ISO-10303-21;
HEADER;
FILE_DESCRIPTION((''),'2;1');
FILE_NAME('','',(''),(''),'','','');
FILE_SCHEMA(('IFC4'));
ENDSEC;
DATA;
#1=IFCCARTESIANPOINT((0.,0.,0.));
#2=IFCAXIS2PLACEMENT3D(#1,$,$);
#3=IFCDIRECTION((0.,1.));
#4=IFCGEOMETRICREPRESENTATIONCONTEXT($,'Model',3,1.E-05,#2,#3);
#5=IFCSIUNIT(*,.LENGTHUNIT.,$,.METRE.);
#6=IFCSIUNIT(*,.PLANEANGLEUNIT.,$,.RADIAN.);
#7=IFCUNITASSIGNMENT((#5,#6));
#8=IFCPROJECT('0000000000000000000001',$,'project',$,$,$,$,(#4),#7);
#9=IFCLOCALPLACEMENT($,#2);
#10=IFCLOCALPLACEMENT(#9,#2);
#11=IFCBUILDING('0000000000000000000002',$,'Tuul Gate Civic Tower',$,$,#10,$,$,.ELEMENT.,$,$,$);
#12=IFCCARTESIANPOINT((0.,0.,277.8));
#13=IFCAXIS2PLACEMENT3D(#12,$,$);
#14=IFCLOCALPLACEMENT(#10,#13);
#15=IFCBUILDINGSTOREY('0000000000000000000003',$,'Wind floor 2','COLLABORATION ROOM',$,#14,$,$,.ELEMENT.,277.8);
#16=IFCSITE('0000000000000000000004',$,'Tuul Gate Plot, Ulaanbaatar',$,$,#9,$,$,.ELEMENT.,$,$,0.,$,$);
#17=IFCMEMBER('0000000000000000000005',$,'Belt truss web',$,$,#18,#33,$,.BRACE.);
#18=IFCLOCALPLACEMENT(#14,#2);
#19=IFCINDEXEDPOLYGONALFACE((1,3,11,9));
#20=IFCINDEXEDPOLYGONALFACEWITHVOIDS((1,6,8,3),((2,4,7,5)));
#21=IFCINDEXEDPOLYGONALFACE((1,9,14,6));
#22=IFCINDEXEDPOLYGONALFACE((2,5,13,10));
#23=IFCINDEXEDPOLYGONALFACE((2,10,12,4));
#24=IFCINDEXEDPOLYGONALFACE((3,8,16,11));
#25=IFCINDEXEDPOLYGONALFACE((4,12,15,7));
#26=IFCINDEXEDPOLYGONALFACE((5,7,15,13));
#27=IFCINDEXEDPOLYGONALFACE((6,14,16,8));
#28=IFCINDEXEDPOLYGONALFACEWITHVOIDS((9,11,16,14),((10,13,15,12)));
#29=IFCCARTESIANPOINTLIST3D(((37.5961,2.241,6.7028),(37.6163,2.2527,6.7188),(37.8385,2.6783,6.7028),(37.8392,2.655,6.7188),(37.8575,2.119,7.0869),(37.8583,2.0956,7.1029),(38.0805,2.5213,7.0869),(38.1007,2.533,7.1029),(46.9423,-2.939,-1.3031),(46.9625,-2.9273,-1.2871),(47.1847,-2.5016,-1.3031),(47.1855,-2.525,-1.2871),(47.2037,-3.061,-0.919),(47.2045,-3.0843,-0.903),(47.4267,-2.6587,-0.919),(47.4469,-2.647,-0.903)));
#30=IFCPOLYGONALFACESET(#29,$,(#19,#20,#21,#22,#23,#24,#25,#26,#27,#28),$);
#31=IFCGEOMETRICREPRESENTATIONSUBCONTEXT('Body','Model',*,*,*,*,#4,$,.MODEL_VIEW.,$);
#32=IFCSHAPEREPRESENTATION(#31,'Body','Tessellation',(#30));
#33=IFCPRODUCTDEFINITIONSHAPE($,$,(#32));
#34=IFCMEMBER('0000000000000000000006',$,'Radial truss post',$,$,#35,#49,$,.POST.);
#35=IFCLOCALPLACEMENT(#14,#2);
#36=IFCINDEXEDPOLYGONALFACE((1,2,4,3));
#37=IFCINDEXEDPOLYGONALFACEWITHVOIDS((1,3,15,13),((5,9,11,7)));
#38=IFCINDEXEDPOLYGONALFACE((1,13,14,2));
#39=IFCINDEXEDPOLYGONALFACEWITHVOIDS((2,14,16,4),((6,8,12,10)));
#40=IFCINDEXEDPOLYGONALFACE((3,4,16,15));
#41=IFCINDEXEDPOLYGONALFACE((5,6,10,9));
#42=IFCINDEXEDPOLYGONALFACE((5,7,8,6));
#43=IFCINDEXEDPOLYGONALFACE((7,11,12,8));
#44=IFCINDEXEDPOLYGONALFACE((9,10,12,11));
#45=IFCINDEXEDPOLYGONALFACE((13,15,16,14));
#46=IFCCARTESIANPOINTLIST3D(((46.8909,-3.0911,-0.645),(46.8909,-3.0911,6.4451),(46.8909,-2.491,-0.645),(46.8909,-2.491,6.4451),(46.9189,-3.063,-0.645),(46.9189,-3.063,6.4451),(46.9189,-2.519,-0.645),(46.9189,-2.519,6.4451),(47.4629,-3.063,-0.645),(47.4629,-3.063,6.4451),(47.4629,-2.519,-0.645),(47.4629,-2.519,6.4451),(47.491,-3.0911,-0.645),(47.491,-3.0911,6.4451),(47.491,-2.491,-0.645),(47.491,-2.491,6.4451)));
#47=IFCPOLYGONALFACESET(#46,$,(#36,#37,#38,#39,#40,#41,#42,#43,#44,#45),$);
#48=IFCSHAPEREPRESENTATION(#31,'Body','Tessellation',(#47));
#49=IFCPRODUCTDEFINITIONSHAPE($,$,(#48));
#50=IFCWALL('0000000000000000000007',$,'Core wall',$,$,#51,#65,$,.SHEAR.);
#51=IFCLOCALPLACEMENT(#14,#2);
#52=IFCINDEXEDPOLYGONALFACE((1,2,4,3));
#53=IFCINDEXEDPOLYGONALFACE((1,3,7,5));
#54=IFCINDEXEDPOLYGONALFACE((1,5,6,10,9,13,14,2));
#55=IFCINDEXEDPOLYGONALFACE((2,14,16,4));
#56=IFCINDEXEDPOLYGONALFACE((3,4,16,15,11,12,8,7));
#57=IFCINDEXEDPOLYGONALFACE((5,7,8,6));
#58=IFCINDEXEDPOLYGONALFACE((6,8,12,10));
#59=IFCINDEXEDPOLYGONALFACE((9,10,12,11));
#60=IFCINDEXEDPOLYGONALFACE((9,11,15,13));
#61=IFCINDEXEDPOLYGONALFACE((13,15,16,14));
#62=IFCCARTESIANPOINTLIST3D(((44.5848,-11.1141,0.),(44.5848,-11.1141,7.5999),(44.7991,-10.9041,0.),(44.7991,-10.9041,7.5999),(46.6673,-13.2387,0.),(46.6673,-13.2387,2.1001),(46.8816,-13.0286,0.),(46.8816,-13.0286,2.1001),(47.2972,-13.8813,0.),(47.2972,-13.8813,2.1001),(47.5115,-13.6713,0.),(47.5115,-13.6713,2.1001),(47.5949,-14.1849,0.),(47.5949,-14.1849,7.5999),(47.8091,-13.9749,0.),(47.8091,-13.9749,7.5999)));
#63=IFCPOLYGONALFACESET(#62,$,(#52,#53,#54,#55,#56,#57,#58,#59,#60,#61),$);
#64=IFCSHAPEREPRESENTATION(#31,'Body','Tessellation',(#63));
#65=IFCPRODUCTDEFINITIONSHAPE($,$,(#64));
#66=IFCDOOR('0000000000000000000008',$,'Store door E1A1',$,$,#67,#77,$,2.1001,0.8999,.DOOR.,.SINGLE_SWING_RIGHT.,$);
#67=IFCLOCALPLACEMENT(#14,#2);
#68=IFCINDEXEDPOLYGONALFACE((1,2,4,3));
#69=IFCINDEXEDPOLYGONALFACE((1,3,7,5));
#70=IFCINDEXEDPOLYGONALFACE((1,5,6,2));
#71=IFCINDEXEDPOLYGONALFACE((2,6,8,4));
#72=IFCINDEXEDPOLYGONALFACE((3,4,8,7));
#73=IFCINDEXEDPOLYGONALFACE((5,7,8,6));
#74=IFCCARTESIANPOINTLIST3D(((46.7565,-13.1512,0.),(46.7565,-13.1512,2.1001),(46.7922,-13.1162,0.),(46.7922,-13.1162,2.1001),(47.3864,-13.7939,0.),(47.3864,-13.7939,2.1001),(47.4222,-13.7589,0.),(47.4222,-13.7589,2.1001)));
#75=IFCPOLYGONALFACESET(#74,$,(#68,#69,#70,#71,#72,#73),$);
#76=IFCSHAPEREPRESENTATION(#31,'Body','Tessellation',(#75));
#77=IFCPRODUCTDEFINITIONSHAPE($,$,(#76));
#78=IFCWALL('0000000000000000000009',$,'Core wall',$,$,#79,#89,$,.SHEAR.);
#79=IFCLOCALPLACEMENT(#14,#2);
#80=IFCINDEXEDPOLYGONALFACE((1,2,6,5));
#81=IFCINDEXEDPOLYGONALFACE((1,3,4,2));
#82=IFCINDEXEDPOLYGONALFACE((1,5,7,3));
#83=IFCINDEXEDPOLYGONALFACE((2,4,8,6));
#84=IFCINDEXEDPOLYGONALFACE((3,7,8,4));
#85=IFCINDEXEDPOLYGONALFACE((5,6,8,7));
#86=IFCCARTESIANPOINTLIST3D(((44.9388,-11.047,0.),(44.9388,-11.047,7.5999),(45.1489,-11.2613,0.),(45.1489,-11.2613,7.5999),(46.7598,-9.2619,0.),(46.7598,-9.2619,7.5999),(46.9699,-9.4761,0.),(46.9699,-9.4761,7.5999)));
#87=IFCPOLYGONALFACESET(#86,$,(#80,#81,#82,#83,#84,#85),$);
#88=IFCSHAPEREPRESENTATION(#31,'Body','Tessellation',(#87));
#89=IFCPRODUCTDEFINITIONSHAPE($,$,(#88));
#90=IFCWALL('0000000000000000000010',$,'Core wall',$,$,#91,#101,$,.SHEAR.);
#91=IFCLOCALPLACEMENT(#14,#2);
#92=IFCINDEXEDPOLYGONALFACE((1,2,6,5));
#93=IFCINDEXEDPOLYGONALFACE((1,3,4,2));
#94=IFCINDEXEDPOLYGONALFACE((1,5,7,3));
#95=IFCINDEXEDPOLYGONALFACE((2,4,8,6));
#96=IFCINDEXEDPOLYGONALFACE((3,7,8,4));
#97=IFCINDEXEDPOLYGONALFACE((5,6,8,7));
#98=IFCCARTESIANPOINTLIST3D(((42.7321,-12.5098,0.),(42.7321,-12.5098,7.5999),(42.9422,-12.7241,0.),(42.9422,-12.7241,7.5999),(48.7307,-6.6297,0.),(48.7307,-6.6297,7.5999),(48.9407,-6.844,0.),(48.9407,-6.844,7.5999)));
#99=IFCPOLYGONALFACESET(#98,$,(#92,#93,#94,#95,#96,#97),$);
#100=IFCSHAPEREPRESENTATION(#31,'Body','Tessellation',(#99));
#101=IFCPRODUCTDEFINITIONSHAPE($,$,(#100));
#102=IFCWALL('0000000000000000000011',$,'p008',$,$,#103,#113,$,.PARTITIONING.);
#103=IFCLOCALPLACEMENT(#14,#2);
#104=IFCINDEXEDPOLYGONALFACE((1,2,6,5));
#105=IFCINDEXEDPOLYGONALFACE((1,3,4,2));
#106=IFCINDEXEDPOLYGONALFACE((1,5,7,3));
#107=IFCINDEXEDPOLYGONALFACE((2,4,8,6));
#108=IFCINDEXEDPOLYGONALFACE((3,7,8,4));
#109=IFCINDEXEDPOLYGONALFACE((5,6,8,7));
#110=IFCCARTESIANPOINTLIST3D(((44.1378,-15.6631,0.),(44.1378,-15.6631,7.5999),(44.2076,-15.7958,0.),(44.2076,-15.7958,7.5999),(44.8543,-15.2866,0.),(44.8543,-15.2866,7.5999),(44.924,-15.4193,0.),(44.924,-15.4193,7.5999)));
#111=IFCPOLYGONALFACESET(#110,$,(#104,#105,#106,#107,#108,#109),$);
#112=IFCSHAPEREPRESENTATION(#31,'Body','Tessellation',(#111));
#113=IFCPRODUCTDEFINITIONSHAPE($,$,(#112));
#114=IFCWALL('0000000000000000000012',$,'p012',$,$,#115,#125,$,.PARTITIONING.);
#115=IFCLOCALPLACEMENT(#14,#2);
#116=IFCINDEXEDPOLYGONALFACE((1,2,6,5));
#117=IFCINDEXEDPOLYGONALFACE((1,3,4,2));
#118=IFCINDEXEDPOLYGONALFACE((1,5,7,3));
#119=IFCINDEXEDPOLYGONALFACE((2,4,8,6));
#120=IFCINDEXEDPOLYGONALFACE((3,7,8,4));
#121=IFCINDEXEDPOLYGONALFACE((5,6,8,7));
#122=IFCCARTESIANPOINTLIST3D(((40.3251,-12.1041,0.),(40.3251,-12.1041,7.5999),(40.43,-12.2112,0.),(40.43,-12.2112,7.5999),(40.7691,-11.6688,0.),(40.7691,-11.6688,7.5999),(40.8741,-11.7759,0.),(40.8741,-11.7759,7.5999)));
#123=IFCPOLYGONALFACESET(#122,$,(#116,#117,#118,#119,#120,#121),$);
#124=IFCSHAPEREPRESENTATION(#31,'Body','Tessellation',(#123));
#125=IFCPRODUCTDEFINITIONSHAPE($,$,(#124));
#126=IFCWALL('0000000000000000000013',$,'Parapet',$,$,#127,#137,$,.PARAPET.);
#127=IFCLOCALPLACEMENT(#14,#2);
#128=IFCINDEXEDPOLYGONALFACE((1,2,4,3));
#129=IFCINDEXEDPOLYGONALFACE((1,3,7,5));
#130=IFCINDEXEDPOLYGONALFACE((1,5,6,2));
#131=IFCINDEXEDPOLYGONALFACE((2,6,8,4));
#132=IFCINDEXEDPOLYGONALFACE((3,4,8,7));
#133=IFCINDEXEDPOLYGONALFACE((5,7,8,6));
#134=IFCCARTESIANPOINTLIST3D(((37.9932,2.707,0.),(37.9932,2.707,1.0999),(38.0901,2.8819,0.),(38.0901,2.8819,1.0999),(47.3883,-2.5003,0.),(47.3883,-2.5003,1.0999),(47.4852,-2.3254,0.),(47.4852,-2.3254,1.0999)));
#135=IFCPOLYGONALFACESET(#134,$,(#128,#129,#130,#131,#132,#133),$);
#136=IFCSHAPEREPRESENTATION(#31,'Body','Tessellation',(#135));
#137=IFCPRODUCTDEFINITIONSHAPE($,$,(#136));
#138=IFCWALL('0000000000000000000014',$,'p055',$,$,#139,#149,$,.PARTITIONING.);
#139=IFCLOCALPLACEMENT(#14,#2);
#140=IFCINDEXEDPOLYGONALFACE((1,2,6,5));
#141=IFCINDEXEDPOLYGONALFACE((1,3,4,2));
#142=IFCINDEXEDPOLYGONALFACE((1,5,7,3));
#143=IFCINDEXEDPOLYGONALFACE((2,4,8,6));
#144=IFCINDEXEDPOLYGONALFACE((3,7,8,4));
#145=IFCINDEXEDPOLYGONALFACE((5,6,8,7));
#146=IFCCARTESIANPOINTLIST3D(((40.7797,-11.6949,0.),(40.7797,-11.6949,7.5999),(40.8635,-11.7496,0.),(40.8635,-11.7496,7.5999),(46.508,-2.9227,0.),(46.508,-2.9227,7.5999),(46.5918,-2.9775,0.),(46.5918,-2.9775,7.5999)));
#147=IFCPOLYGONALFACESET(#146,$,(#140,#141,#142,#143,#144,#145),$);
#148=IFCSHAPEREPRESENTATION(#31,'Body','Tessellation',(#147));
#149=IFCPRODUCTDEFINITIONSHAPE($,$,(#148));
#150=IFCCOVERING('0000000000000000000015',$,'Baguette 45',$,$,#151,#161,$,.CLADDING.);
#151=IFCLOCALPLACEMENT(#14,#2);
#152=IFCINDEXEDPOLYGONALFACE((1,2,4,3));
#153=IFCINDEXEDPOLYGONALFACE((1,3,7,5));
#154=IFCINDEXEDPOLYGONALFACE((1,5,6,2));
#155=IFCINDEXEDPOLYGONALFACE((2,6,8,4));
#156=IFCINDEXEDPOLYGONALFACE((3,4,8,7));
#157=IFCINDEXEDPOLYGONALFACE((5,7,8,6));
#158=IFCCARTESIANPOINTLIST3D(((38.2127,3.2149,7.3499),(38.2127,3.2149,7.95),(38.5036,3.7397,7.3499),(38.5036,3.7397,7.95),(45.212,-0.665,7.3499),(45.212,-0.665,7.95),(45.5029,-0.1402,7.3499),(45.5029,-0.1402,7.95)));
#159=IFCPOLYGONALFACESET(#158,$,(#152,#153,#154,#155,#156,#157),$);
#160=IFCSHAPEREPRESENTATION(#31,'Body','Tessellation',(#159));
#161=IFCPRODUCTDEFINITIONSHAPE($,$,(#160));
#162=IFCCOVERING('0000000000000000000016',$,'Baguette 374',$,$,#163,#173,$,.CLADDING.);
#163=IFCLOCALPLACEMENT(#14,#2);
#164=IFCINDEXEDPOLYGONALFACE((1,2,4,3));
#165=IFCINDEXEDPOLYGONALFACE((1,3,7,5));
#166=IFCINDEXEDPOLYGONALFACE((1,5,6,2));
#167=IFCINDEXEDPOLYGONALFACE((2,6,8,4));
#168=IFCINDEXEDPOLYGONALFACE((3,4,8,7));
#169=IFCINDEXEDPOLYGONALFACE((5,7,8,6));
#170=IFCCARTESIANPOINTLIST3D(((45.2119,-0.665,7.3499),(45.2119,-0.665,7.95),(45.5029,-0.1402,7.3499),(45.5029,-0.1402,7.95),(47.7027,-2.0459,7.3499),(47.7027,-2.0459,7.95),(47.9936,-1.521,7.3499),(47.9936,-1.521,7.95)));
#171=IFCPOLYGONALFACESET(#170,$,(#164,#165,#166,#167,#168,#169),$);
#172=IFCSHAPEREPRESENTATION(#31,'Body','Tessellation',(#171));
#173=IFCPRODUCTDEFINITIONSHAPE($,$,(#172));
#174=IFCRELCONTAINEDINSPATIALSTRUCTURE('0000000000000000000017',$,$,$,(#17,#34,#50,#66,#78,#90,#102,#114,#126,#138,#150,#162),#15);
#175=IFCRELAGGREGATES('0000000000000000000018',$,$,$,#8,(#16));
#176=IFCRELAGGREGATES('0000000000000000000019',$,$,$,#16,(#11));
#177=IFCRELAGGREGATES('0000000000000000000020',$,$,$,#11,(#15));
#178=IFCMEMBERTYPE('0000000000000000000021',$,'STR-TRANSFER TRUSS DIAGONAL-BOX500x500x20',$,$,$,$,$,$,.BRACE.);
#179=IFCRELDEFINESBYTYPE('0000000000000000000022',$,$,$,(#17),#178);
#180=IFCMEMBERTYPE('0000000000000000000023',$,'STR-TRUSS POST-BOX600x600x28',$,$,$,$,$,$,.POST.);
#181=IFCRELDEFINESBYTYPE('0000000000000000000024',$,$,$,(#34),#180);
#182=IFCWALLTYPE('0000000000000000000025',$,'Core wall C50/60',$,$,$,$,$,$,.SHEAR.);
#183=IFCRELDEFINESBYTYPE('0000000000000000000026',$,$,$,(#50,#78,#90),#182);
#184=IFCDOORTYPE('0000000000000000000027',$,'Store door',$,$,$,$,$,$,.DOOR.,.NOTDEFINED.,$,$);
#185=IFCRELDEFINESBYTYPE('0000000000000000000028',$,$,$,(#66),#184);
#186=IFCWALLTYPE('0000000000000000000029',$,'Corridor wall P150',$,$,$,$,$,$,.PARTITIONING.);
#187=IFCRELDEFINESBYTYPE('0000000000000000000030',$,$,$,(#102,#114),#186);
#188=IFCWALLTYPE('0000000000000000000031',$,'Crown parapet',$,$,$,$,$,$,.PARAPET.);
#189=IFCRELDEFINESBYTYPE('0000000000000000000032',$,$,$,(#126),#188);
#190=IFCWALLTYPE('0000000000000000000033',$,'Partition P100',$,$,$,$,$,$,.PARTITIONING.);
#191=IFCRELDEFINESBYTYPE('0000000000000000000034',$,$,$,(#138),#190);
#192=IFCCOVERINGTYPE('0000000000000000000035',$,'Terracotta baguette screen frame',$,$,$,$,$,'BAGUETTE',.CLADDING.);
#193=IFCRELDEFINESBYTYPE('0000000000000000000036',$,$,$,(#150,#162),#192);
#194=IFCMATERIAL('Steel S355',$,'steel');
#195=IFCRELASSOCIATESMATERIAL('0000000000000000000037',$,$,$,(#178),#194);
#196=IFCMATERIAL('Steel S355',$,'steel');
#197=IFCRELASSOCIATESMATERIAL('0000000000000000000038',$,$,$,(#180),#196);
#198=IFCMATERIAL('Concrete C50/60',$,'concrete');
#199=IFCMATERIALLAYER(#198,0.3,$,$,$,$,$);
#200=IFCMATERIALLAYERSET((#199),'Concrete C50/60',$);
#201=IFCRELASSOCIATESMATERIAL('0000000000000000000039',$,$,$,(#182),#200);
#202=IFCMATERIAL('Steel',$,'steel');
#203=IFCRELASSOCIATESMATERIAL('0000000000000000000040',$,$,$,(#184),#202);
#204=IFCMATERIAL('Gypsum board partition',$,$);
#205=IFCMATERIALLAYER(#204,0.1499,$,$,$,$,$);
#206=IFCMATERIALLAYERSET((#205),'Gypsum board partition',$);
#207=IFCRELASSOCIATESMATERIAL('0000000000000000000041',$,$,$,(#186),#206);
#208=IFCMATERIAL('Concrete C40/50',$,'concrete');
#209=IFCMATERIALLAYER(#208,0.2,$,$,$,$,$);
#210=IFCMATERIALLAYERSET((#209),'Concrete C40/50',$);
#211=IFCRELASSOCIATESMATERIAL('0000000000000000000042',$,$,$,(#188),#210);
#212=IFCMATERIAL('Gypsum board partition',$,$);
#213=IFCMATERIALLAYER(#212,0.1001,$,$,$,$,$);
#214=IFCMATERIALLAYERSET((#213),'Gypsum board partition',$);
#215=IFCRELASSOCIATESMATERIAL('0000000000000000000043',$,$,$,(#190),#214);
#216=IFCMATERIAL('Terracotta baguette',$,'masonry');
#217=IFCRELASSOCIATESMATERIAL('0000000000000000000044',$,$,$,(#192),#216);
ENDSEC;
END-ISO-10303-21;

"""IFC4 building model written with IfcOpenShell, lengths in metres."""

from ifc_helpers import new_model, si_unit, direction, frame, frame_2d, origin, origin_2d, place, context, subcontext, project, spatial, rectangle, hollow_rectangle, extrude, material, layer, layer_set, material_profile, profile_set, type_object, element, fill, save


model = new_model("IFC4")

# Units and contexts
model_context = context("Model", 3, precision=1e-05, world=origin(), true_north=direction((0.0, 1.0)))
body_context = subcontext(model_context, "Body", "Model", "MODEL_VIEW")
ifc_project = project(units=[si_unit("LENGTHUNIT", "METRE"), si_unit("PLANEANGLEUNIT", "RADIAN")], contexts=[model_context])

# Site, building, storey
site_placement = place(None, origin())
site = spatial("IfcSite", under=ifc_project, at=site_placement, Name="Tuul Gate Plot, Ulaanbaatar", CompositionType="ELEMENT", RefElevation=0.0)
building_placement = place(site_placement, origin())
building = spatial("IfcBuilding", under=site, at=building_placement, Name="Tuul Gate Civic Tower", CompositionType="ELEMENT")
storey_placement = place(building_placement, frame((0.0, 0.0, 277.8)))
storey = spatial("IfcBuildingStorey", under=building, at=storey_placement, Name="Wind floor 2", Description="COLLABORATION ROOM", CompositionType="ELEMENT", Elevation=277.8)

# Members
ifc_material_1 = material(Name="Steel S355", Category="steel")
ifc_material_profile_1 = material_profile(ifc_material_1, hollow_rectangle(XDim=0.5, YDim=0.5, WallThickness=0.02, at=origin_2d()), Name="BOX500x500x20")
ifc_profile_set_1 = profile_set([ifc_material_profile_1], Name="Steel S355")
member_type_1 = type_object("IfcMemberType", Name="STR-TRANSFER TRUSS DIAGONAL-BOX500x500x20", PredefinedType="BRACE", material=ifc_profile_set_1)
member_1_placement = place(storey_placement, frame((47.1946, -2.793, -1.103), z_axis=(-0.699983, 0.387951, 0.599599), x_axis=(-0.484756, -0.874649, 0.0)))
element("IfcMember", 1, at=member_1_placement, inside=storey, type_object=member_type_1, Name="Belt truss web", PredefinedType="BRACE", context=body_context, shape_type="SweptSolid", body=[
    extrude(hollow_rectangle(XDim=0.5, YDim=0.5, WallThickness=0.02, at=origin_2d()), origin(), (0.0, 0.0, 1.0), 13.3521),
])
ifc_material_2 = material(Name="Steel S355", Category="steel")
ifc_material_profile_2 = material_profile(ifc_material_2, hollow_rectangle(XDim=0.6001, YDim=0.6001, WallThickness=0.0281, at=origin_2d()), Name="BOX600x600x28")
ifc_profile_set_2 = profile_set([ifc_material_profile_2], Name="Steel S355")
member_type_2 = type_object("IfcMemberType", Name="STR-TRUSS POST-BOX600x600x28", PredefinedType="POST", material=ifc_profile_set_2)
member_2_placement = place(storey_placement, frame((47.1909, -2.791, -0.645), z_axis=(0.0, 0.0, 1.0), x_axis=(1.0, 0.0, 0.0)))
element("IfcMember", 2, at=member_2_placement, inside=storey, type_object=member_type_2, Name="Radial truss post", PredefinedType="POST", context=body_context, shape_type="SweptSolid", body=[
    extrude(hollow_rectangle(XDim=0.6001, YDim=0.6001, WallThickness=0.0281, at=origin_2d()), origin(), (0.0, 0.0, 1.0), 7.0901),
])

# Wall, opening, door
ifc_material_3 = material(Name="Concrete C50/60", Category="concrete")
ifc_layer_1 = layer(ifc_material_3, 0.3)
ifc_layer_set_1 = layer_set([ifc_layer_1], Name="Concrete C50/60")
wall_type_1 = type_object("IfcWallType", Name="Core wall C50/60", PredefinedType="SHEAR", material=ifc_layer_set_1)
wall_1_placement = place(storey_placement, frame((47.7019, -14.0798, 0.0), z_axis=(0.0, 0.0, 1.0), x_axis=(-0.700003, 0.71414, 0.0)))
wall_1 = element("IfcWall", 3, at=wall_1_placement, inside=storey, type_object=wall_type_1, Name="Core wall", PredefinedType="SHEAR", context=body_context, shape_type="SweptSolid", body=[
    extrude(rectangle(XDim=4.3, YDim=0.3, at=frame_2d((2.1499, 0.0))), origin(), (0.0, 0.0, 1.0), 7.5999),
])
opening_placement = place(wall_1_placement, frame((0.425, 0.0, 0.0)))
opening = element("IfcOpeningElement", 4, at=opening_placement, cuts=wall_1, PredefinedType="OPENING", context=body_context, shape_type="SweptSolid", body=[
    extrude(rectangle(XDim=0.8999, YDim=2.1001, at=frame_2d((0.45, 1.05))), frame((0.0, 0.1602, 0.0), z_axis=(0.0, -1.0, 0.0), x_axis=(1.0, 0.0, 0.0)), (0.0, 0.0, 1.0), 0.3201),
])
ifc_material_4 = material(Name="Steel", Category="steel")
door_type = type_object("IfcDoorType", Name="Store door", OperationType="NOTDEFINED", PredefinedType="DOOR", material=ifc_material_4)
door_placement = place(opening_placement, frame((0.8999, 0.0, 0.0), z_axis=(0.0, 0.0, 1.0), x_axis=(-1.0, 0.0, 0.0)))
door = element("IfcDoor", 5, at=door_placement, inside=storey, type_object=door_type, Name="Store door E1A1", OperationType="SINGLE_SWING_RIGHT", OverallHeight=2.1001, OverallWidth=0.8999, PredefinedType="DOOR", context=body_context, shape_type="SweptSolid", body=[
    extrude(rectangle(XDim=0.8999, YDim=2.1001, at=frame_2d((0.45, 1.05))), frame((0.0, 0.0249, 0.0), z_axis=(0.0, -1.0, 0.0), x_axis=(1.0, 0.0, 0.0)), (0.0, 0.0, 1.0), 0.05),
])
fill(opening, door)

# Walls
wall_2_placement = place(storey_placement, frame((45.0439, -11.1541, 0.0), z_axis=(0.0, 0.0, 1.0), x_axis=(0.714108, 0.700035, 0.0)))
element("IfcWall", 6, at=wall_2_placement, inside=storey, type_object=wall_type_1, Name="Core wall", PredefinedType="SHEAR", context=body_context, shape_type="SweptSolid", body=[
    extrude(rectangle(XDim=2.55, YDim=0.3, at=frame_2d((1.2749, 0.0))), origin(), (0.0, 0.0, 1.0), 7.5999),
])
wall_3_placement = place(storey_placement, frame((42.8372, -12.6169, 0.0), z_axis=(0.0, 0.0, 1.0), x_axis=(0.71412, 0.700023, 0.0)))
element("IfcWall", 7, at=wall_3_placement, inside=storey, type_object=wall_type_1, Name="Core wall", PredefinedType="SHEAR", context=body_context, shape_type="SweptSolid", body=[
    extrude(rectangle(XDim=8.3999, YDim=0.3, at=frame_2d((4.2, 0.0))), origin(), (0.0, 0.0, 1.0), 7.5999),
])
ifc_material_5 = material(Name="Gypsum board partition")
ifc_layer_2 = layer(ifc_material_5, 0.1499)
ifc_layer_set_2 = layer_set([ifc_layer_2], Name="Gypsum board partition")
wall_type_2 = type_object("IfcWallType", Name="Corridor wall P150", PredefinedType="PARTITIONING", material=ifc_layer_set_2)
wall_4_placement = place(storey_placement, frame((44.1726, -15.7295, 0.0), z_axis=(0.0, 0.0, 1.0), x_axis=(0.885193, 0.465224, 0.0)))
element("IfcWall", 8, at=wall_4_placement, inside=storey, type_object=wall_type_2, Name="p008", PredefinedType="PARTITIONING", context=body_context, shape_type="SweptSolid", body=[
    extrude(rectangle(XDim=0.8093, YDim=0.1499, at=frame_2d((0.4048, 0.0))), origin(), (0.0, 0.0, 1.0), 7.5999),
])
wall_5_placement = place(storey_placement, frame((40.3774, -12.1577, 0.0), z_axis=(0.0, 0.0, 1.0), x_axis=(0.714138, 0.700005, 0.0)))
element("IfcWall", 9, at=wall_5_placement, inside=storey, type_object=wall_type_2, Name="p012", PredefinedType="PARTITIONING", context=body_context, shape_type="SweptSolid", body=[
    extrude(rectangle(XDim=0.6218, YDim=0.1499, at=frame_2d((0.311, 0.0))), origin(), (0.0, 0.0, 1.0), 7.5999),
])
ifc_material_6 = material(Name="Concrete C40/50", Category="concrete")
ifc_layer_3 = layer(ifc_material_6, 0.2)
ifc_layer_set_3 = layer_set([ifc_layer_3], Name="Concrete C40/50")
wall_type_3 = type_object("IfcWallType", Name="Crown parapet", PredefinedType="PARAPET", material=ifc_layer_set_3)
wall_6_placement = place(storey_placement, frame((47.4368, -2.4128, 0.0), z_axis=(0.0, 0.0, 1.0), x_axis=(-0.874638, 0.484776, 0.0)))
element("IfcWall", 10, at=wall_6_placement, inside=storey, type_object=wall_type_3, Name="Parapet", PredefinedType="PARAPET", context=body_context, shape_type="SweptSolid", body=[
    extrude(rectangle(XDim=10.7417, YDim=0.2, at=frame_2d((5.3708, 0.0))), origin(), (0.0, 0.0, 1.0), 1.0999),
])
ifc_material_7 = material(Name="Gypsum board partition")
ifc_layer_4 = layer(ifc_material_7, 0.1001)
ifc_layer_set_4 = layer_set([ifc_layer_4], Name="Gypsum board partition")
wall_type_4 = type_object("IfcWallType", Name="Partition P100", PredefinedType="PARTITIONING", material=ifc_layer_set_4)
wall_7_placement = place(storey_placement, frame((46.5498, -2.9502, 0.0), z_axis=(0.0, 0.0, 1.0), x_axis=(-0.546754, -0.837293, 0.0)))
element("IfcWall", 11, at=wall_7_placement, inside=storey, type_object=wall_type_4, Name="p055", PredefinedType="PARTITIONING", context=body_context, shape_type="SweptSolid", body=[
    extrude(rectangle(XDim=10.4768, YDim=0.1001, at=frame_2d((5.2383, 0.0))), origin(), (0.0, 0.0, 1.0), 7.5999),
])

# Coverings
ifc_material_8 = material(Name="Terracotta baguette", Category="masonry")
ifc_material_profile_3 = material_profile(ifc_material_8, rectangle(XDim=0.6001, YDim=0.6001, at=origin_2d()), Name="Terracotta baguette screen frame")
ifc_profile_set_3 = profile_set([ifc_material_profile_3], Name="Terracotta baguette")
covering_type = type_object("IfcCoveringType", Name="Terracotta baguette screen frame", ElementType="BAGUETTE", PredefinedType="CLADDING", material=ifc_profile_set_3)
covering_1_placement = place(storey_placement, frame((45.3574, -0.4026, 7.6499), z_axis=(-0.874613, 0.484822, 0.0), x_axis=(-0.484822, -0.874613, 0.0)))
element("IfcCovering", 12, at=covering_1_placement, inside=storey, type_object=covering_type, Name="Baguette 45", PredefinedType="CLADDING", context=body_context, shape_type="SweptSolid", body=[
    extrude(rectangle(XDim=0.6001, YDim=0.6001, at=origin_2d()), origin(), (0.0, 0.0, 1.0), 8.0027),
])
covering_2_placement = place(storey_placement, frame((47.8481, -1.7834, 7.6499), z_axis=(-0.874586, 0.484871, 0.0), x_axis=(-0.484871, -0.874586, 0.0)))
element("IfcCovering", 13, at=covering_2_placement, inside=storey, type_object=covering_type, Name="Baguette 374", PredefinedType="CLADDING", context=body_context, shape_type="SweptSolid", body=[
    extrude(rectangle(XDim=0.6001, YDim=0.6001, at=origin_2d()), origin(), (0.0, 0.0, 1.0), 2.8479),
])

save(model, "model.ifc")
